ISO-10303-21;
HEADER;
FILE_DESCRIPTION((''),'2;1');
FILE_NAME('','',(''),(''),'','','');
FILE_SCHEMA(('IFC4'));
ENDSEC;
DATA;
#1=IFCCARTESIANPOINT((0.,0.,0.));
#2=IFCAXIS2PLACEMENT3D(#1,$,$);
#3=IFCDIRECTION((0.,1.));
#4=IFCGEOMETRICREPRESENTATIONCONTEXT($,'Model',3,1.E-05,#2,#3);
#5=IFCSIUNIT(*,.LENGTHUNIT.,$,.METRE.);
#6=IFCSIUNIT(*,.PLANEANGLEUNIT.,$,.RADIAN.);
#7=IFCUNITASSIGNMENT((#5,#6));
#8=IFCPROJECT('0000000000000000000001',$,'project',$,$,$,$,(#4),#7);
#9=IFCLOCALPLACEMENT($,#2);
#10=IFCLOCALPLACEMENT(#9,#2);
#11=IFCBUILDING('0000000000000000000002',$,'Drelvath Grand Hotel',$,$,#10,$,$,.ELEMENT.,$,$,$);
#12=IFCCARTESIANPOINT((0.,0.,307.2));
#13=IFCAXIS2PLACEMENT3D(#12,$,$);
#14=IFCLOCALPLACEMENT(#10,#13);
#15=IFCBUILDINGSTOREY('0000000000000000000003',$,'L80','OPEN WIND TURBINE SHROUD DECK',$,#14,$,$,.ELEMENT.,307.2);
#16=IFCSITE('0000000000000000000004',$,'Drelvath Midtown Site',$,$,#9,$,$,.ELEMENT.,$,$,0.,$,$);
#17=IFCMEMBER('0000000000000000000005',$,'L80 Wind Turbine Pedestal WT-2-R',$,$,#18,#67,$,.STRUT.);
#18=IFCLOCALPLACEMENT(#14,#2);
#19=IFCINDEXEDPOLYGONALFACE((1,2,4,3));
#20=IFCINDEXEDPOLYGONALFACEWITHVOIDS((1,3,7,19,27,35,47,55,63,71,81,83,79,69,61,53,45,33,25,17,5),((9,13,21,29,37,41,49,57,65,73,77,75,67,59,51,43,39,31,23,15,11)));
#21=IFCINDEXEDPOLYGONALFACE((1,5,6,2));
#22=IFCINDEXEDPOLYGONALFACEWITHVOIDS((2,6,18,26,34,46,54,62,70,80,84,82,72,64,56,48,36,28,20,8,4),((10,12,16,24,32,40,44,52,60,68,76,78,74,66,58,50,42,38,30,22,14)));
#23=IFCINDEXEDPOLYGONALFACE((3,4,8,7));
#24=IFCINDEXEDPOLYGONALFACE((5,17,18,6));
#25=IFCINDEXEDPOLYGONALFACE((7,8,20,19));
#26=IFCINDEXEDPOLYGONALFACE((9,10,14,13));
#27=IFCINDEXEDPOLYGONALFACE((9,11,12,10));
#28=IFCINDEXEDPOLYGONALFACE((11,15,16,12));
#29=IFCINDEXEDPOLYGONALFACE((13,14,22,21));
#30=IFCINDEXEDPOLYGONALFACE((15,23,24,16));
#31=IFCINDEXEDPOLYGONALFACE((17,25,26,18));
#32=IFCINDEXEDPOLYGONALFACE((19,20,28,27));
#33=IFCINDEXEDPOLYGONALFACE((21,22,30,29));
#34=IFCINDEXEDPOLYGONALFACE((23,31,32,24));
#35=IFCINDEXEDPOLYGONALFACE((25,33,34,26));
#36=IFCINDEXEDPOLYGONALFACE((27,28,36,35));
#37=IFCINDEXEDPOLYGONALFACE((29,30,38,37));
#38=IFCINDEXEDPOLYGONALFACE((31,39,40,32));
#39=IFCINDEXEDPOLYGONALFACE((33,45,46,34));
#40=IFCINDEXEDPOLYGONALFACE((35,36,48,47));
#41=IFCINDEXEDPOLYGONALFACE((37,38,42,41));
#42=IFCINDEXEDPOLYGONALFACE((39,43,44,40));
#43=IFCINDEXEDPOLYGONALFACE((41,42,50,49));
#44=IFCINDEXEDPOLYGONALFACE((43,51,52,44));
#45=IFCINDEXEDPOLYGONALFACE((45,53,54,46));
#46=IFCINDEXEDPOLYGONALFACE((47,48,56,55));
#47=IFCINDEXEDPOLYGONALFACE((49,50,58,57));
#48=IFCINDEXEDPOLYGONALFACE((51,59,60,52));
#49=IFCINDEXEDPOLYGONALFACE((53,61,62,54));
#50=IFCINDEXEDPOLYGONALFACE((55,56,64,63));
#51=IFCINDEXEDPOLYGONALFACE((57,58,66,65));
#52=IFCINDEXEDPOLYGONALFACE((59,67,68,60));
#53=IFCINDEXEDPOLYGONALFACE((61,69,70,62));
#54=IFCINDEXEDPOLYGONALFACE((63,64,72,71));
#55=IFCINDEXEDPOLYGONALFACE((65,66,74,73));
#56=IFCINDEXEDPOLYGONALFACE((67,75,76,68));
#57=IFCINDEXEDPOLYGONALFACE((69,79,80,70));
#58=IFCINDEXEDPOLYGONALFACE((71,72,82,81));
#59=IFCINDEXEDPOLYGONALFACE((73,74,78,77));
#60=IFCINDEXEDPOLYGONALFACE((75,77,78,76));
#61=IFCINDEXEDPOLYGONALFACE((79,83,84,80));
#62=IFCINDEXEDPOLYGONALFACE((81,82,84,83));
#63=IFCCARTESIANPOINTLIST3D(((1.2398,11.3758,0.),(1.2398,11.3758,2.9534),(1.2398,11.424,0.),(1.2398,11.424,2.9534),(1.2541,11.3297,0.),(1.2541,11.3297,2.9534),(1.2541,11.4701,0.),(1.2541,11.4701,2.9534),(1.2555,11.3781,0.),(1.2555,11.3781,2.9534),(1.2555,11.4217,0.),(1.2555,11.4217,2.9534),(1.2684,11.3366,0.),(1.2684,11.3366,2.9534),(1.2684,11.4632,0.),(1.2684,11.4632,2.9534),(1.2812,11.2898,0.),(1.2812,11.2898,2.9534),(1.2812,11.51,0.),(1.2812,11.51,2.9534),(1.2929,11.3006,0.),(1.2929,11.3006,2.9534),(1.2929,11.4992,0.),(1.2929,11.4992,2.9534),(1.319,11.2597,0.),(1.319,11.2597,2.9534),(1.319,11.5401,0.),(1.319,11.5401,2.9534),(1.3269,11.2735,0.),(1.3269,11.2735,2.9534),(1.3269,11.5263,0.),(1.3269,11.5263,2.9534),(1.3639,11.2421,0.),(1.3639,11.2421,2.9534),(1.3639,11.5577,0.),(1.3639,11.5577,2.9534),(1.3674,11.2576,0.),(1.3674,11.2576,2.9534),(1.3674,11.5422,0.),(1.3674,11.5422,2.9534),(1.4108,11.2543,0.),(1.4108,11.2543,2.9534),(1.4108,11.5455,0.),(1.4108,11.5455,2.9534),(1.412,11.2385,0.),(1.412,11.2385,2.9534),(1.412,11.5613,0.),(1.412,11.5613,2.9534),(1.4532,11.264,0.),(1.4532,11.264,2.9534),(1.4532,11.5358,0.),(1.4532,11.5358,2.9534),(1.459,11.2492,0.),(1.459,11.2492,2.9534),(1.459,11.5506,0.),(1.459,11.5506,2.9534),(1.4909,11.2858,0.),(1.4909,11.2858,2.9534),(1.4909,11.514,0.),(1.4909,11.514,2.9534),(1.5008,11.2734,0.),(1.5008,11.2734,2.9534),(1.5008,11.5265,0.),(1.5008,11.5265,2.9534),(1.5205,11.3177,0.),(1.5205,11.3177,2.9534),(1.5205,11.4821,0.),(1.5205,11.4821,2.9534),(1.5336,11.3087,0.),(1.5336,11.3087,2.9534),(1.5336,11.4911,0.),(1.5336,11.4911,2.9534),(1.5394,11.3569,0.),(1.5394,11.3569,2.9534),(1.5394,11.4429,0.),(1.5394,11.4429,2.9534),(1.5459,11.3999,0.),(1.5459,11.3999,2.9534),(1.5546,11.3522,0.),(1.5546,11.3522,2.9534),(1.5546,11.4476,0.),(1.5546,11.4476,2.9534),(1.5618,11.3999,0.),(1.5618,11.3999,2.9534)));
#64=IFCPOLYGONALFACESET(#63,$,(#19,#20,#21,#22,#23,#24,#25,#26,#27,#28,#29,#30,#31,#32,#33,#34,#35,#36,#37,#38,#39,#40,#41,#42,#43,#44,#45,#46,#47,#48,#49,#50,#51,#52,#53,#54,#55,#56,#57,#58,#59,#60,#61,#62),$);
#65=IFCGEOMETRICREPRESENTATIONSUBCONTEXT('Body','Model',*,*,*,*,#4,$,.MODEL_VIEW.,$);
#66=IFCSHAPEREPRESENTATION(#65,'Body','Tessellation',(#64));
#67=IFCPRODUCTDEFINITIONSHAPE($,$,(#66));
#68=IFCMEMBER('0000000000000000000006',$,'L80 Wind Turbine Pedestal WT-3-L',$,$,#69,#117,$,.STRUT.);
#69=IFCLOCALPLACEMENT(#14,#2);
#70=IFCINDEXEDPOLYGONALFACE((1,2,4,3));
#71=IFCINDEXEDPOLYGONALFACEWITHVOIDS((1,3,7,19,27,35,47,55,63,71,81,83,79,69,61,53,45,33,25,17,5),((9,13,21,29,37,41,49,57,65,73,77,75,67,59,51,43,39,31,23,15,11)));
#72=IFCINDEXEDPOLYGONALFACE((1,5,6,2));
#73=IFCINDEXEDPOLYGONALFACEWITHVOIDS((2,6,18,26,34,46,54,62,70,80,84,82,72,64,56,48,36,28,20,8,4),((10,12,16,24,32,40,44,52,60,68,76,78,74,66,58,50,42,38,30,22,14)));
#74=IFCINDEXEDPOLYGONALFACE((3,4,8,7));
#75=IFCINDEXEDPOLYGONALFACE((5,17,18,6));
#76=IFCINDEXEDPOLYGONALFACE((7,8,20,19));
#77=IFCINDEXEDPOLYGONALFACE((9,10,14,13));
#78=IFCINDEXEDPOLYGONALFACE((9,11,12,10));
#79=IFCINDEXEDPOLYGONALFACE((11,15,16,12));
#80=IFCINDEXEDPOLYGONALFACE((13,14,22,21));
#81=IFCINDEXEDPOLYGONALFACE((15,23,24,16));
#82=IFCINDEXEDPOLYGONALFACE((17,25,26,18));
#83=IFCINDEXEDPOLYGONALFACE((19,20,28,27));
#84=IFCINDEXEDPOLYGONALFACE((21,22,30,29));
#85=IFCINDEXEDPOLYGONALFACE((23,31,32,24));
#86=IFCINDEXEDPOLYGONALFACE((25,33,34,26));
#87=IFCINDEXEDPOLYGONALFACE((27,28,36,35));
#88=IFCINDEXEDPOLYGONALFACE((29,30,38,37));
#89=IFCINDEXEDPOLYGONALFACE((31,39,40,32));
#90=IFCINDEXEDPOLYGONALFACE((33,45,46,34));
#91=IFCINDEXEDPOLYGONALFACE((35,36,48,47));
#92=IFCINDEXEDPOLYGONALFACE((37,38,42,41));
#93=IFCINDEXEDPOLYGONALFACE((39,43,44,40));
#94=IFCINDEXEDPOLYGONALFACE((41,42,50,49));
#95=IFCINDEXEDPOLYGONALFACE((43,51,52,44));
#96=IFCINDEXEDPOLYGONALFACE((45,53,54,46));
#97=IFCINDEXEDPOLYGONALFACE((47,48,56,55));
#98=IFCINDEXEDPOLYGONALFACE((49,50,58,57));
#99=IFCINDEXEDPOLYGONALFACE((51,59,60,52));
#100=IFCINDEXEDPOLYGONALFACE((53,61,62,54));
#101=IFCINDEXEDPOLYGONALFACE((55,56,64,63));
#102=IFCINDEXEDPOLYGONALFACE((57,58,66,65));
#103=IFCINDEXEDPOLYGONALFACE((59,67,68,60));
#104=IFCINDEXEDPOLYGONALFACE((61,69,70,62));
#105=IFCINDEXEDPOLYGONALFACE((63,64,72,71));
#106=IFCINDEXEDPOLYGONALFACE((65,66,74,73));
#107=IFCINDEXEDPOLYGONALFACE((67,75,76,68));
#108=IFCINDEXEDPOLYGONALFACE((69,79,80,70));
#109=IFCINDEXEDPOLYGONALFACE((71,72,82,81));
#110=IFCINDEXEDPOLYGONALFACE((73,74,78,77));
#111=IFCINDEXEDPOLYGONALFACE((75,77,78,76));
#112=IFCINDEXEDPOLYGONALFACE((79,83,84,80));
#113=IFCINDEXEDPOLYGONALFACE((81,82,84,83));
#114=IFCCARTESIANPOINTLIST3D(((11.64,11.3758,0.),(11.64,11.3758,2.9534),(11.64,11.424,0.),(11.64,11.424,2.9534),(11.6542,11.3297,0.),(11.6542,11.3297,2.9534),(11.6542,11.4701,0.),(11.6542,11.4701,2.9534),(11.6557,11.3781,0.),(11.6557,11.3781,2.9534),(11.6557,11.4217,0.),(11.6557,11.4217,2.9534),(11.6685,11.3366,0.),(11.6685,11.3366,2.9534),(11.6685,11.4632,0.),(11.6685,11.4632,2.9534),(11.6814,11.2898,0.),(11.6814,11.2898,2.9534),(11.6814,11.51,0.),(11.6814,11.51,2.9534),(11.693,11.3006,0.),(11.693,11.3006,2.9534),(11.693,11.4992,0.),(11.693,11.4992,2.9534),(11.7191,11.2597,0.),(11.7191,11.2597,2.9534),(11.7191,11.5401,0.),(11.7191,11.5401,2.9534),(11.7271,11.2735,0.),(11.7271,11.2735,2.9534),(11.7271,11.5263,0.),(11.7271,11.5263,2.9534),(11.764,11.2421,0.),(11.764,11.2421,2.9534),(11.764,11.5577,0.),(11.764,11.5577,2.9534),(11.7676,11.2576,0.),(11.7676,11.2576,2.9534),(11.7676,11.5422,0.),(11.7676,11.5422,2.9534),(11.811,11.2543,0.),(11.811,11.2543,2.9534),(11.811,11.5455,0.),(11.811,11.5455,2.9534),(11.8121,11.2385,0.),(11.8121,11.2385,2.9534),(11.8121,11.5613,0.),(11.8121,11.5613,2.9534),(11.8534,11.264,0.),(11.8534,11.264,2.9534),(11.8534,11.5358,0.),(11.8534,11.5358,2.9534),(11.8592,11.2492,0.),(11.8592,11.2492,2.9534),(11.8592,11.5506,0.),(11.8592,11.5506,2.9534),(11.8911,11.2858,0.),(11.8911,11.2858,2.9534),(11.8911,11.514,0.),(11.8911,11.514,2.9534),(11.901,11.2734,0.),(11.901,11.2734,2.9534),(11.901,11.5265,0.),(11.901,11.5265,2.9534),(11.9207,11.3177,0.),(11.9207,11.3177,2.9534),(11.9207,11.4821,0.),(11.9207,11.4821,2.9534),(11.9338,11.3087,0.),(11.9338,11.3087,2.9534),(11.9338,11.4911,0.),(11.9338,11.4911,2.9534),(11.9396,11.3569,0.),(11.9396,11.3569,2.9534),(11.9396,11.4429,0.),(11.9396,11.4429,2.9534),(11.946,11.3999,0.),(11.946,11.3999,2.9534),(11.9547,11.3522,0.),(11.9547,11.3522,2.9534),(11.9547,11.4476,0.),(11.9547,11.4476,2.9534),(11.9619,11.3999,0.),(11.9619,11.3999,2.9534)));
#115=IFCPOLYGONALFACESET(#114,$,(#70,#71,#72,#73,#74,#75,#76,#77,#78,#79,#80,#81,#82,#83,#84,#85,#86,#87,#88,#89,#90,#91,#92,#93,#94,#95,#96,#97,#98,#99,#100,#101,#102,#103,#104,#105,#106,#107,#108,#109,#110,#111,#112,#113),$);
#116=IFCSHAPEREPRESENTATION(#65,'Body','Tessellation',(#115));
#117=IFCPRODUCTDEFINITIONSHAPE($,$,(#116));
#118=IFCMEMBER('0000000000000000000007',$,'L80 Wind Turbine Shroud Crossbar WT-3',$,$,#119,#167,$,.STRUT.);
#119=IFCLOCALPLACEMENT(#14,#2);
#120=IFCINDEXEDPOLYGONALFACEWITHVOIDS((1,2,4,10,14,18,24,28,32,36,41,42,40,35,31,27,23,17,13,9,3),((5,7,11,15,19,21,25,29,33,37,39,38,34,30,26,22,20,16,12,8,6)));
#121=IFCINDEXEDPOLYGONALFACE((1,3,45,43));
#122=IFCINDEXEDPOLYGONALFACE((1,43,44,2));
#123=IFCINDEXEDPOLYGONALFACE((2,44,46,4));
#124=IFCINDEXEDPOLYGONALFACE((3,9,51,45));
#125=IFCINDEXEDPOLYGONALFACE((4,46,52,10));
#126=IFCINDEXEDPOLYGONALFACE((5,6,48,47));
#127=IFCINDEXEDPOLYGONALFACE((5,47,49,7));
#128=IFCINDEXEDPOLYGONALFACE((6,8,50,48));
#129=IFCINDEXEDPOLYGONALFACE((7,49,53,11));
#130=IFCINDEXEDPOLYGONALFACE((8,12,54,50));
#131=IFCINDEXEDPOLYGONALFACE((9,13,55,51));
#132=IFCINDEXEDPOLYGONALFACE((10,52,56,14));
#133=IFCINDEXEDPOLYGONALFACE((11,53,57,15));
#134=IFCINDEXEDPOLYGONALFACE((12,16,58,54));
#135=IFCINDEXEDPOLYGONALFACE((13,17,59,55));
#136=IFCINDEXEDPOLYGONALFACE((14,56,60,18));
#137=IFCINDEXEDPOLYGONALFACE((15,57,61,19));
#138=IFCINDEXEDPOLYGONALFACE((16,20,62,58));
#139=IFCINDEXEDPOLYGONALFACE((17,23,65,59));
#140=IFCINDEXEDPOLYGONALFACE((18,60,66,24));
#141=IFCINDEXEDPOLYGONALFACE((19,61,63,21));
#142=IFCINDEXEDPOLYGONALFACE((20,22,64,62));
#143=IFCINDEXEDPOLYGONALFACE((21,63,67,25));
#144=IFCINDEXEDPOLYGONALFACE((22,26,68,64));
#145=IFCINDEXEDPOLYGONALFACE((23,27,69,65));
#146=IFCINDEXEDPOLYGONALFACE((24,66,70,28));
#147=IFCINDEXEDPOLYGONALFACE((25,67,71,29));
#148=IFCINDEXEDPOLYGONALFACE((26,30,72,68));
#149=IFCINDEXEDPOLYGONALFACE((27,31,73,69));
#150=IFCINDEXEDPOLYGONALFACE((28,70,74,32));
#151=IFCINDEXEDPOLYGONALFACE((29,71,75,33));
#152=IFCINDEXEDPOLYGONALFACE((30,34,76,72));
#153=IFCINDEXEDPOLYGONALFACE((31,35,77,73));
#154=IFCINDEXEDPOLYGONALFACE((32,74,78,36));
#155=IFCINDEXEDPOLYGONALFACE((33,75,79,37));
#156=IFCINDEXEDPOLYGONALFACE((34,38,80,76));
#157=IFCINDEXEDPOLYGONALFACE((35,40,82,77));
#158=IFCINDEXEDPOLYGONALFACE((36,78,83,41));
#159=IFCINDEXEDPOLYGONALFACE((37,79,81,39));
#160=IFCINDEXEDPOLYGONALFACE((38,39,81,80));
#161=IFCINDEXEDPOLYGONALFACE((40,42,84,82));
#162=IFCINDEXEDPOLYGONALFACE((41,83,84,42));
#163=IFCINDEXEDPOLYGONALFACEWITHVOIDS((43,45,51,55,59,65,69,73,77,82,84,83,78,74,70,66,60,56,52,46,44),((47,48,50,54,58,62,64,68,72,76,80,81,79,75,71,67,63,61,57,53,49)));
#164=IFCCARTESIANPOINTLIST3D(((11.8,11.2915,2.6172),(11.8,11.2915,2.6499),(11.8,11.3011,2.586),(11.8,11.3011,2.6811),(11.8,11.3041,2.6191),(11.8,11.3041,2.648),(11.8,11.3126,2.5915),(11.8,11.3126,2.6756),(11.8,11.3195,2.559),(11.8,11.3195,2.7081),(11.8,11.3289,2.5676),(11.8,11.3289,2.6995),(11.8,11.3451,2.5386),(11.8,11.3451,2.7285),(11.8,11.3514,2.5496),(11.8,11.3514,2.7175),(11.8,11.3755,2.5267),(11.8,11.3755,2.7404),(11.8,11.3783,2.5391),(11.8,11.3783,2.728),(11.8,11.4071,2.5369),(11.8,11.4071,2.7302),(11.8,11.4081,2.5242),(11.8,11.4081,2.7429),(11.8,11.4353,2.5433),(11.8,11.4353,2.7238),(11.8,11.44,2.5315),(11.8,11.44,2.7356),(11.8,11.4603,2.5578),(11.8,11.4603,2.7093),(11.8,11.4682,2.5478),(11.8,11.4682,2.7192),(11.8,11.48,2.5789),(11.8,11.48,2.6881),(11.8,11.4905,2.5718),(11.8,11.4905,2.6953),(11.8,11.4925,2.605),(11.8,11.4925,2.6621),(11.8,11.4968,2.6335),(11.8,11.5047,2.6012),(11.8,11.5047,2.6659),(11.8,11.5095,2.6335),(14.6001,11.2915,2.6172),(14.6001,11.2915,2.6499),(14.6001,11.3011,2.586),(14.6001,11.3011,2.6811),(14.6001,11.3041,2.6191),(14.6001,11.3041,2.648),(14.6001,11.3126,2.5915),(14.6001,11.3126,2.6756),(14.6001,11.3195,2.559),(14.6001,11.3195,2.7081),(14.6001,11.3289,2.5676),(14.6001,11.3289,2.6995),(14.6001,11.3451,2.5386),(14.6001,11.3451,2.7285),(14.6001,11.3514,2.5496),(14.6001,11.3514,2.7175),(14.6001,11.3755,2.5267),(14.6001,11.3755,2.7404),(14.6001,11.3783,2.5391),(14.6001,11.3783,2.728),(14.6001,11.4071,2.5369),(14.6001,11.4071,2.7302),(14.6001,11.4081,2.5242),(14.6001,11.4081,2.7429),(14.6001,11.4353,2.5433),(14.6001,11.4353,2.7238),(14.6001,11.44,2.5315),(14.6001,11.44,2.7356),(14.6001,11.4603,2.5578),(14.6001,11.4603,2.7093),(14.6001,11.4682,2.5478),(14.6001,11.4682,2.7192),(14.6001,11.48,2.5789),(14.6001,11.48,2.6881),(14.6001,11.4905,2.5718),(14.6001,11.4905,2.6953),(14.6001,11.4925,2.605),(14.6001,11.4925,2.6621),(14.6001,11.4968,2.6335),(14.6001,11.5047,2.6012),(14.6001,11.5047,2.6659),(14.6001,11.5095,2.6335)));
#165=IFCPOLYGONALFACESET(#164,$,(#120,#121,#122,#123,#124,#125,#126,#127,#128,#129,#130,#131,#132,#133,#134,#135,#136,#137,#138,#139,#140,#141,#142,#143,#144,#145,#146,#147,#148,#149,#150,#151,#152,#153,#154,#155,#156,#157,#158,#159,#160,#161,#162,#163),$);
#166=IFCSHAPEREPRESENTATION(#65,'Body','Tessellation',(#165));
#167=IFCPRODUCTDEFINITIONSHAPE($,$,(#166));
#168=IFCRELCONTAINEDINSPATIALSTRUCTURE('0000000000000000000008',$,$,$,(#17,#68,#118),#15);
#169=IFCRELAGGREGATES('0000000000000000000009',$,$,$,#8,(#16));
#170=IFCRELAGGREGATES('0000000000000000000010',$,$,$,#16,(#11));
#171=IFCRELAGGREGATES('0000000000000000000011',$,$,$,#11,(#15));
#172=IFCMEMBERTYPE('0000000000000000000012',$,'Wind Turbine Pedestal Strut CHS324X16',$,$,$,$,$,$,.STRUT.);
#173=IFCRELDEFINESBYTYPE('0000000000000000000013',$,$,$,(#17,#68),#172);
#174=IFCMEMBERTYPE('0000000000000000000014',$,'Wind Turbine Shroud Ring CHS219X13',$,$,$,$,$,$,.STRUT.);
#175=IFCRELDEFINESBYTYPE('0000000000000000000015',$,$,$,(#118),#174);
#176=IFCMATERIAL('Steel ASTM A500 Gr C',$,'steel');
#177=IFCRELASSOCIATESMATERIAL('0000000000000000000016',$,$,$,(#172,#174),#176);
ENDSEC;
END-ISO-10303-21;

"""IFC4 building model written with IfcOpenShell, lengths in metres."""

from ifc_helpers import new_model, si_unit, direction, frame, origin, origin_2d, place, context, subcontext, project, spatial, hollow_circle, extrude, material, material_profile, profile_set, type_object, element, save


model = new_model("IFC4")

# Units and contexts
model_context = context("Model", 3, precision=1e-05, world=origin(), true_north=direction((0.0, 1.0)))
body_context = subcontext(model_context, "Body", "Model", "MODEL_VIEW")
ifc_project = project(units=[si_unit("LENGTHUNIT", "METRE"), si_unit("PLANEANGLEUNIT", "RADIAN")], contexts=[model_context])

# Site, building, storey
site_placement = place(None, origin())
site = spatial("IfcSite", under=ifc_project, at=site_placement, Name="Drelvath Midtown Site", CompositionType="ELEMENT", RefElevation=0.0)
building_placement = place(site_placement, origin())
building = spatial("IfcBuilding", under=site, at=building_placement, Name="Drelvath Grand Hotel", CompositionType="ELEMENT")
storey_placement = place(building_placement, frame((0.0, 0.0, 307.2)))
storey = spatial("IfcBuildingStorey", under=building, at=storey_placement, Name="L80", Description="OPEN WIND TURBINE SHROUD DECK", CompositionType="ELEMENT", Elevation=307.2)

# Members
ifc_material_1 = material(Name="Steel ASTM A500 Gr C", Category="steel")
ifc_material_profile_1 = material_profile(ifc_material_1, hollow_circle(Radius=0.1619, WallThickness=0.0159, at=origin_2d()), Name="CHS324X16")
ifc_profile_set_1 = profile_set([ifc_material_profile_1], Name="Steel ASTM A500 Gr C")
member_type_1 = type_object("IfcMemberType", Name="Wind Turbine Pedestal Strut CHS324X16", PredefinedType="STRUT", material=ifc_profile_set_1)
for number, where, z_axis, x_axis, name in (
    (1, (1.3999, 11.3999, 0.0), (0.0, 0.0, 1.0), (1.0, 0.0, 0.0), "L80 Wind Turbine Pedestal WT-2-R"),
    (2, (11.8, 11.3999, 0.0), (0.0, 0.0, 1.0), (1.0, 0.0, 0.0), "L80 Wind Turbine Pedestal WT-3-L"),
):
    element("IfcMember", number, at=place(storey_placement, frame(where, z_axis=z_axis, x_axis=x_axis)), inside=storey, type_object=member_type_1, Name=name, PredefinedType="STRUT", context=body_context, shape_type="SweptSolid", body=[
        extrude(hollow_circle(Radius=0.1619, WallThickness=0.0159, at=origin_2d()), origin(), (0.0, 0.0, 1.0), 2.9534),
    ])
ifc_material_profile_2 = material_profile(ifc_material_1, hollow_circle(Radius=0.1096, WallThickness=0.0127, at=origin_2d()), Name="CHS219X13")
ifc_profile_set_2 = profile_set([ifc_material_profile_2], Name="Steel ASTM A500 Gr C")
member_type_2 = type_object("IfcMemberType", Name="Wind Turbine Shroud Ring CHS219X13", PredefinedType="STRUT", material=ifc_profile_set_2)
for number, where, z_axis, x_axis, name in (
    (3, (11.8, 11.3999, 2.6335), (1.0, 0.0, 0.0), (0.0, 1.0, 0.0), "L80 Wind Turbine Shroud Crossbar WT-3"),
):
    element("IfcMember", number, at=place(storey_placement, frame(where, z_axis=z_axis, x_axis=x_axis)), inside=storey, type_object=member_type_2, Name=name, PredefinedType="STRUT", context=body_context, shape_type="SweptSolid", body=[
        extrude(hollow_circle(Radius=0.1096, WallThickness=0.0127, at=origin_2d()), origin(), (0.0, 0.0, 1.0), 2.8),
    ])

save(model, "model.ifc")
